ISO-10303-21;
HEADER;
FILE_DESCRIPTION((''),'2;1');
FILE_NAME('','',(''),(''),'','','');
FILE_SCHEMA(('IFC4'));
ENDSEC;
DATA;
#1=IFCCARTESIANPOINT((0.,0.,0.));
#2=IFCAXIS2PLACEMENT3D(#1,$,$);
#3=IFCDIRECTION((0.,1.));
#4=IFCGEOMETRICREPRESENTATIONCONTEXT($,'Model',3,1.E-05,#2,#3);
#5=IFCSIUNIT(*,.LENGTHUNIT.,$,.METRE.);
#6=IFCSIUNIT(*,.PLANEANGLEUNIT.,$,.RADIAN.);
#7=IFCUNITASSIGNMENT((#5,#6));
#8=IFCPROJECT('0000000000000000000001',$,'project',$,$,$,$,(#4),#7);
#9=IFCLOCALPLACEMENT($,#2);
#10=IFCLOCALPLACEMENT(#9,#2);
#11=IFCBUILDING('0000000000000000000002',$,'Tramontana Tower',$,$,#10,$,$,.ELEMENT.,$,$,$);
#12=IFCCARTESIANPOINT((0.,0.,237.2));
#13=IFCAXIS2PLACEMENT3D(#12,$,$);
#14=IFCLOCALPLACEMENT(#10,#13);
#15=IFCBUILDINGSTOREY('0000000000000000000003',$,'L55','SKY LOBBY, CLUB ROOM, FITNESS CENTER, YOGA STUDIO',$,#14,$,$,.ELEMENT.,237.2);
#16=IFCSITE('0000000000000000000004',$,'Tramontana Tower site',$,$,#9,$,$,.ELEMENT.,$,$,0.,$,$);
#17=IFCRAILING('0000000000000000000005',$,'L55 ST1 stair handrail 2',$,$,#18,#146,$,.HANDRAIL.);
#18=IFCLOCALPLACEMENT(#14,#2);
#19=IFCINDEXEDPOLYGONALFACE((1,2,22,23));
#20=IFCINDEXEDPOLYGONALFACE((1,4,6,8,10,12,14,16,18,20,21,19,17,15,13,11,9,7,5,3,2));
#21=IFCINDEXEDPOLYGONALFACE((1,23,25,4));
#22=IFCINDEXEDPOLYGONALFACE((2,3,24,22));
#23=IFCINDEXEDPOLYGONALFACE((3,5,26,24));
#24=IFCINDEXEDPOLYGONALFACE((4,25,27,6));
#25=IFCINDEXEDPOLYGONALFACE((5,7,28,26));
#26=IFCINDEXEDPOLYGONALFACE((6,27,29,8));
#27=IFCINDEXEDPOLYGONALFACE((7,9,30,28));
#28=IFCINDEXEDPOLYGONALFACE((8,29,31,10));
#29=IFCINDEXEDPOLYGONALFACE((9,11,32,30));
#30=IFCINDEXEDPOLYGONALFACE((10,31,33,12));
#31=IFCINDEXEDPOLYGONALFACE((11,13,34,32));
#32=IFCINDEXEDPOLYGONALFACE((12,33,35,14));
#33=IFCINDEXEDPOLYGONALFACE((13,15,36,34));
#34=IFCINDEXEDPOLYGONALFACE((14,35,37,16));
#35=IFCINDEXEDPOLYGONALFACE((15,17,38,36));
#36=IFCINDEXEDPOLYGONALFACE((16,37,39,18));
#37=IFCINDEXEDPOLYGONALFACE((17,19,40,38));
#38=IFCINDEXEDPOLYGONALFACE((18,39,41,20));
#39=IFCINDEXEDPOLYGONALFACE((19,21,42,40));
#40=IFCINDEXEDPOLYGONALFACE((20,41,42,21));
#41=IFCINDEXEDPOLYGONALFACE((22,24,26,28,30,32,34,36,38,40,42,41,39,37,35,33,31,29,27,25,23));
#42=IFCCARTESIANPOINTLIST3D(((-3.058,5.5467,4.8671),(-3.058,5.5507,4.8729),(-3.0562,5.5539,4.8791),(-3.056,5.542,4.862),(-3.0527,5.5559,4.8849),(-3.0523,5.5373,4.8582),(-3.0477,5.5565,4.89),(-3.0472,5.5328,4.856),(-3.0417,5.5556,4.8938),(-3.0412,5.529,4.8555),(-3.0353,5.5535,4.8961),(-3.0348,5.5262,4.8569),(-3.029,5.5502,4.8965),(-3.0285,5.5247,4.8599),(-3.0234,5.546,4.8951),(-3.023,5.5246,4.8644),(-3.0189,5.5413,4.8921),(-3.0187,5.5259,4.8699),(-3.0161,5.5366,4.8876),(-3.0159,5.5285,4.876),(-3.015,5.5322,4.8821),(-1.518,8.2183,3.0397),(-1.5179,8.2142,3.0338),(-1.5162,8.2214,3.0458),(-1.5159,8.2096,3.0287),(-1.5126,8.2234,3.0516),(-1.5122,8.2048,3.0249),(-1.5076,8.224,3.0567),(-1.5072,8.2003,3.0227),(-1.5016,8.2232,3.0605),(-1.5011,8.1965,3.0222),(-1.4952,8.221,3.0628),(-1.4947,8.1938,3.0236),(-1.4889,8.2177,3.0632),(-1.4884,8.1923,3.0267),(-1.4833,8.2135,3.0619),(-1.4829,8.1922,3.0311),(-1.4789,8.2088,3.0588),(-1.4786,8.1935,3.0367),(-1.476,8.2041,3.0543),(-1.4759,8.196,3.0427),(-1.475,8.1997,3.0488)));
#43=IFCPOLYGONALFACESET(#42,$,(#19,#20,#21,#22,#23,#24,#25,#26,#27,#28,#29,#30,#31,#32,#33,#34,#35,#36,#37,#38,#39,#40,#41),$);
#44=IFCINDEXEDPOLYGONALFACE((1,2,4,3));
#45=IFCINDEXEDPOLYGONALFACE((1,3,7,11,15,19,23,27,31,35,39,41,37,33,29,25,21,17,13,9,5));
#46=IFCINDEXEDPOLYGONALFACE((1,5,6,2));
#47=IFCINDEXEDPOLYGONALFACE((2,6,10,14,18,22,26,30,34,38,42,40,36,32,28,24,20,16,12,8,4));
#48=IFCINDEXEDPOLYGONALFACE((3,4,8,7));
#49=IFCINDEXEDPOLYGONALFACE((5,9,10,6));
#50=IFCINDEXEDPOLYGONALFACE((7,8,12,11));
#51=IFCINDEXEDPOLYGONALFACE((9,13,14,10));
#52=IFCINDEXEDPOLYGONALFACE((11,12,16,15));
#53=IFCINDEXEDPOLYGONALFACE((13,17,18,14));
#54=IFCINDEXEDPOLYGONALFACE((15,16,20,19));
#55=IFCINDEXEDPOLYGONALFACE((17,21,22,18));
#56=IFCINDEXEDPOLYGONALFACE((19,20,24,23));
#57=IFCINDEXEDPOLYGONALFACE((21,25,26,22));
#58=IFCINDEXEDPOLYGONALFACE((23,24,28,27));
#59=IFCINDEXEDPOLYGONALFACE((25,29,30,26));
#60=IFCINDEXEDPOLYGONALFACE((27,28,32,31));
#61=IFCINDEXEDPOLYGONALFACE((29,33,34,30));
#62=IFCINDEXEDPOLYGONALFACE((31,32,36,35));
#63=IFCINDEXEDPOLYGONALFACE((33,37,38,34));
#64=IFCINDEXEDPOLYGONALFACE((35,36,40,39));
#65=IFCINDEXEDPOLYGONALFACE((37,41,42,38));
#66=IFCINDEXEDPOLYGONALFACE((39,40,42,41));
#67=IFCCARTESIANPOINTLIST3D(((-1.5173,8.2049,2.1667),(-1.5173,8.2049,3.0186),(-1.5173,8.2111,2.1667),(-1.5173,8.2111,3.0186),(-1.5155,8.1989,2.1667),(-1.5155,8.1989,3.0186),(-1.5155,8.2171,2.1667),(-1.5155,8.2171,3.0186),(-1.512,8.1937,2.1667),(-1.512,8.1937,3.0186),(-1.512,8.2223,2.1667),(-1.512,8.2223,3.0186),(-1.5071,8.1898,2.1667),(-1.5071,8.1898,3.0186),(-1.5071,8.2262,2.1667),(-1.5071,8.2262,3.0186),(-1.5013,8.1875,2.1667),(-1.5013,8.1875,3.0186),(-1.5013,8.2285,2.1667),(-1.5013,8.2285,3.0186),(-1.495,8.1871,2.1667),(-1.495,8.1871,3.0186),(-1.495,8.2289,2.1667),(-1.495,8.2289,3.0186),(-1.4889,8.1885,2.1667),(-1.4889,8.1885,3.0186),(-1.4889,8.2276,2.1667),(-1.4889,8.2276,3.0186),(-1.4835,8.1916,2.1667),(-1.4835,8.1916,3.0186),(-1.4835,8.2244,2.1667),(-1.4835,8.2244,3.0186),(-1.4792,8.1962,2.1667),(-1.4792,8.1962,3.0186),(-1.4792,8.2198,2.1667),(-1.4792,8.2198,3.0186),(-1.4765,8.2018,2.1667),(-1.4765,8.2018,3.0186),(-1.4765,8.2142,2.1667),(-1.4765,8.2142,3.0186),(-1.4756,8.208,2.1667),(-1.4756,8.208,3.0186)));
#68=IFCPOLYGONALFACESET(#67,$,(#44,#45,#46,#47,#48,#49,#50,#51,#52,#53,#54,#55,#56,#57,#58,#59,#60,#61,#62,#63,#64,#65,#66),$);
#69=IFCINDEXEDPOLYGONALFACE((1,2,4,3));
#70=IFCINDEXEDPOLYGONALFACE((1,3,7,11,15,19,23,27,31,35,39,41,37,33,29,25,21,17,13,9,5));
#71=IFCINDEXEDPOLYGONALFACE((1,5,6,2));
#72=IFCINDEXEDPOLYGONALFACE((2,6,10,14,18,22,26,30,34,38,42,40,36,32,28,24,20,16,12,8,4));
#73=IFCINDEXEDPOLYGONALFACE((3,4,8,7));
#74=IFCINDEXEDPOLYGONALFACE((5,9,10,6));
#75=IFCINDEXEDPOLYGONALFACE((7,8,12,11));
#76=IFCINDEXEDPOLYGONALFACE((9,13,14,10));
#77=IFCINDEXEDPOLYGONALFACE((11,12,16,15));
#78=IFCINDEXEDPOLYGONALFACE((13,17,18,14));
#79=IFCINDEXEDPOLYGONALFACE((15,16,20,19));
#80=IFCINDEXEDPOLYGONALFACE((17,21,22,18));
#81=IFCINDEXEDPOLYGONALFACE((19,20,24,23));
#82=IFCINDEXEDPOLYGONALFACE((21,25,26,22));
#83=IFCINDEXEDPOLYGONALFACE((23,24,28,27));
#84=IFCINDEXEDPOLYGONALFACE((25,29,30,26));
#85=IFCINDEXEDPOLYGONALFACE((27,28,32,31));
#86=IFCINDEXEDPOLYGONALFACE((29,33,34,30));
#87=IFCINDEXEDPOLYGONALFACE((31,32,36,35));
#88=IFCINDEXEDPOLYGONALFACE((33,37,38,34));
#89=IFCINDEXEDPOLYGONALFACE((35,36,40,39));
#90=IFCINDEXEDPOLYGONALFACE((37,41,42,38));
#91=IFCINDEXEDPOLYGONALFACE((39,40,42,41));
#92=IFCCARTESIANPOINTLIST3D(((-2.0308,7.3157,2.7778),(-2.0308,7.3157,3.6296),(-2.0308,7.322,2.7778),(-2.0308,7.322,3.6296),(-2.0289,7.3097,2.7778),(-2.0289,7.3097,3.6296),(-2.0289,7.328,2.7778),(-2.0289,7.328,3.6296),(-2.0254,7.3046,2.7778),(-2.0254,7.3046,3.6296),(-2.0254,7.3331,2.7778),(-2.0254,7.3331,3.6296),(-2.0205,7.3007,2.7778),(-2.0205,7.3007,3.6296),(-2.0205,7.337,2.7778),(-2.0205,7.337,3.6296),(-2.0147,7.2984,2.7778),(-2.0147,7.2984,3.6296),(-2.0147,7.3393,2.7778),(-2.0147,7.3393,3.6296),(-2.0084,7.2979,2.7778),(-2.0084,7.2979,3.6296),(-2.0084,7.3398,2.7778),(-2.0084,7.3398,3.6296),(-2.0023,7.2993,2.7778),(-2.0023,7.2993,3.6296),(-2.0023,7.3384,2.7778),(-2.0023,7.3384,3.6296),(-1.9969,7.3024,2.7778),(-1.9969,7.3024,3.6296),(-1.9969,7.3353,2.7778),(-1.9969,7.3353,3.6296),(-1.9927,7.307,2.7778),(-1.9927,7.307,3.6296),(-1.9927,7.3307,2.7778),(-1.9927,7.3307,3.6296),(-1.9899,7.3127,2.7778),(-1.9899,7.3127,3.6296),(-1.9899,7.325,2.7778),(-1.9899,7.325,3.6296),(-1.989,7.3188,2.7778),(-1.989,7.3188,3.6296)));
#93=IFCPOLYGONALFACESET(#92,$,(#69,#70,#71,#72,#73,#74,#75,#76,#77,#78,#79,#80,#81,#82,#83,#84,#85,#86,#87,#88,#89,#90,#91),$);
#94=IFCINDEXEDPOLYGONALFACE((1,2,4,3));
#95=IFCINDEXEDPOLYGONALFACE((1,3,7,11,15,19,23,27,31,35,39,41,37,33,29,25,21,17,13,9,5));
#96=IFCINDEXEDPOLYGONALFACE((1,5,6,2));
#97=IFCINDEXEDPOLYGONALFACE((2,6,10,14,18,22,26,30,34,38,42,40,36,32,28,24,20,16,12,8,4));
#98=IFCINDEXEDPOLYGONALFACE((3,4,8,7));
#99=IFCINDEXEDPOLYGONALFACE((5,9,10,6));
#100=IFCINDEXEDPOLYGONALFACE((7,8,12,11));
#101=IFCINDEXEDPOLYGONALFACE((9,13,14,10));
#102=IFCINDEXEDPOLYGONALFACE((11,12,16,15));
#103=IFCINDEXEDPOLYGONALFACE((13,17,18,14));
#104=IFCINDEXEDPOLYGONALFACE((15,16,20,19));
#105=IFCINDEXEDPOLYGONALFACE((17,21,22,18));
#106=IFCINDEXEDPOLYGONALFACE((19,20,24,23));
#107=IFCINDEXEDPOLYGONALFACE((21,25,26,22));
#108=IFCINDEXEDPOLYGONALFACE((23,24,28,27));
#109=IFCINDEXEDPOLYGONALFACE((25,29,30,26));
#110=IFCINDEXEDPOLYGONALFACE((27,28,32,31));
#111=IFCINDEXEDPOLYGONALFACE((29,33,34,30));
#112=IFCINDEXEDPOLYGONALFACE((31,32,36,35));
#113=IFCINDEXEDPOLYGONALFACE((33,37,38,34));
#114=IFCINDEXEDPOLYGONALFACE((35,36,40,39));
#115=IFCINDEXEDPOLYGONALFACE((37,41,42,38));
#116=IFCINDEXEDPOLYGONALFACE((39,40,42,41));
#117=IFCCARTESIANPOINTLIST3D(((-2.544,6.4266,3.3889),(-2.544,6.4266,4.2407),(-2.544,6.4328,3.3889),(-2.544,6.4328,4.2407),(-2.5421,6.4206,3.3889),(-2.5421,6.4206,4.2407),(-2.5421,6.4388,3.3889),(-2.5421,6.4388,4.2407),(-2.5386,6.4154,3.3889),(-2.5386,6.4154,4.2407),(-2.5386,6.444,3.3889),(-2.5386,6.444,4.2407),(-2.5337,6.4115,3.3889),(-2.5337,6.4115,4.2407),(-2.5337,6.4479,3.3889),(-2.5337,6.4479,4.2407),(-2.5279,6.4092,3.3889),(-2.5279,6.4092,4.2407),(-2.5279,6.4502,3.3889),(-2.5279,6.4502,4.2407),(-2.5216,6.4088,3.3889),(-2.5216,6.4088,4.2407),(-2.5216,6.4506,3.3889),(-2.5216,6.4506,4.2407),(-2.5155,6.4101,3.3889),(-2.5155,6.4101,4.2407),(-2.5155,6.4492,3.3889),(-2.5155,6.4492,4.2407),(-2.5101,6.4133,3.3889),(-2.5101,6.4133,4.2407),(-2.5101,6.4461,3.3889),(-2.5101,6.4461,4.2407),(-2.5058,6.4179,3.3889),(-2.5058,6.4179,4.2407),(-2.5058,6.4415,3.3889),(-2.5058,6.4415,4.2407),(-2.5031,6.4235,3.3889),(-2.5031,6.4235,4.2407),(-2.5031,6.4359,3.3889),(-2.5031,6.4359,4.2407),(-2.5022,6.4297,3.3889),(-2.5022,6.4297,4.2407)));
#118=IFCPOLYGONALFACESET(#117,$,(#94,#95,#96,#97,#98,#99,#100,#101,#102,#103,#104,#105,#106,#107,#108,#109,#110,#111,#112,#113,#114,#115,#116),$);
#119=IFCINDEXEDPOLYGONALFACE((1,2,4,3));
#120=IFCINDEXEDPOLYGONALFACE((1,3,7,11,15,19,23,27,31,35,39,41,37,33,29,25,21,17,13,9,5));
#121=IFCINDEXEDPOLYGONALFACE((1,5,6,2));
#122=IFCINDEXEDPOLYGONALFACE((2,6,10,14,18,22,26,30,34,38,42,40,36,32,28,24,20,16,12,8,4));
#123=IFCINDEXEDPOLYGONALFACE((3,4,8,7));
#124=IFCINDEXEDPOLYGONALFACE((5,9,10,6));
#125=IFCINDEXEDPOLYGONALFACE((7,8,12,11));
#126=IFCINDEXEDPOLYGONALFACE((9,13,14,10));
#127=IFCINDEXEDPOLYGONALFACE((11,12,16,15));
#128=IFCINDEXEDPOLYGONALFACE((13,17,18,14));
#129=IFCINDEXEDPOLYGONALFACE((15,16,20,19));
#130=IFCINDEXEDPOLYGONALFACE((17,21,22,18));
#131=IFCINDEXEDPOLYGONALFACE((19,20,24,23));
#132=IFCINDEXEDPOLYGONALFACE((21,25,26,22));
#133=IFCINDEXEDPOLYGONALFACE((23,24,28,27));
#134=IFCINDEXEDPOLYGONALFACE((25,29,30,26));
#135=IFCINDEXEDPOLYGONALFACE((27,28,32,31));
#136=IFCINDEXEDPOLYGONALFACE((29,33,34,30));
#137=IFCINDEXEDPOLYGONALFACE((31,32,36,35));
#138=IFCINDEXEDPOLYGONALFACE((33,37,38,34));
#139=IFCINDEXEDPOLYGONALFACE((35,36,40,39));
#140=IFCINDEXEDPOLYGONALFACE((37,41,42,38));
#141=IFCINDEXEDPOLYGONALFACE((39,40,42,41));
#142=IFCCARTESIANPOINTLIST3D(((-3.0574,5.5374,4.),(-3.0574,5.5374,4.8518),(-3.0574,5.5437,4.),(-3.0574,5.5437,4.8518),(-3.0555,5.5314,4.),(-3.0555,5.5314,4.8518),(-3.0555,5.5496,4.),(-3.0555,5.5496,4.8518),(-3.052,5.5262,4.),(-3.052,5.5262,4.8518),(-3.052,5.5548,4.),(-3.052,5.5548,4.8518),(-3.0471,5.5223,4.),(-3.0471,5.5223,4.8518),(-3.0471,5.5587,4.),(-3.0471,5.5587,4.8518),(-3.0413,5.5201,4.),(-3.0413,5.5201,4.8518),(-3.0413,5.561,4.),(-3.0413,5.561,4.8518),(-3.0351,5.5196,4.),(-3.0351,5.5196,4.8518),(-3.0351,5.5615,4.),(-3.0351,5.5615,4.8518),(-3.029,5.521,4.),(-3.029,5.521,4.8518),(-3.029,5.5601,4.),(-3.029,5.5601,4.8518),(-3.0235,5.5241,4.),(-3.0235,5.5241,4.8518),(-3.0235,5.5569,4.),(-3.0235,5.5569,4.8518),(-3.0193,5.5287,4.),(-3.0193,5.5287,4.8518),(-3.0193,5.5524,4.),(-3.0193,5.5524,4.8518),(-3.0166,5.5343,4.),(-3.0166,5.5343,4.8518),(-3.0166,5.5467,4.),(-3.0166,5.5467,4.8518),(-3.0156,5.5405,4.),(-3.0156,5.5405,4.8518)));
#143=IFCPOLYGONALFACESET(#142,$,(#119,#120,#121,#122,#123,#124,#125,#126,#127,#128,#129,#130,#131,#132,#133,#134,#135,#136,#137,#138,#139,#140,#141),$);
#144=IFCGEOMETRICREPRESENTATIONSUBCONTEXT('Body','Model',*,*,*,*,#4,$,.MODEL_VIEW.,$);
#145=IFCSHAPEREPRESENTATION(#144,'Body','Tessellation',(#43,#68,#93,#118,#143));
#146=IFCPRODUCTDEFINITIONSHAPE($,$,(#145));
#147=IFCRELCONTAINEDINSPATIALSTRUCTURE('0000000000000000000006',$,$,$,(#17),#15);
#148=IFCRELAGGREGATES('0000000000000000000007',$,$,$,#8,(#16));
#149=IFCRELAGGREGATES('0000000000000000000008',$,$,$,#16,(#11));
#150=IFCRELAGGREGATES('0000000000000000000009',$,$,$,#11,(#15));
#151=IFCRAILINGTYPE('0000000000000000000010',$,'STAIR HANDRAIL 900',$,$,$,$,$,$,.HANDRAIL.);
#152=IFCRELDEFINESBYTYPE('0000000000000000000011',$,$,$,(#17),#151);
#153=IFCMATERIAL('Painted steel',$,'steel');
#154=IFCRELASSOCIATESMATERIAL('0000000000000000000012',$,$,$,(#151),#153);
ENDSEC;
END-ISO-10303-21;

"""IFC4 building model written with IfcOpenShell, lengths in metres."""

from ifc_helpers import new_model, si_unit, direction, frame, origin, origin_2d, place, context, subcontext, project, spatial, circle, extrude, material, type_object, element, save


model = new_model("IFC4")

# Units and contexts
model_context = context("Model", 3, precision=1e-05, world=origin(), true_north=direction((0.0, 1.0)))
body_context = subcontext(model_context, "Body", "Model", "MODEL_VIEW")
ifc_project = project(units=[si_unit("LENGTHUNIT", "METRE"), si_unit("PLANEANGLEUNIT", "RADIAN")], contexts=[model_context])

# Site, building, storey
site_placement = place(None, origin())
site = spatial("IfcSite", under=ifc_project, at=site_placement, Name="Tramontana Tower site", CompositionType="ELEMENT", RefElevation=0.0)
building_placement = place(site_placement, origin())
building = spatial("IfcBuilding", under=site, at=building_placement, Name="Tramontana Tower", CompositionType="ELEMENT")
storey_placement = place(building_placement, frame((0.0, 0.0, 237.2)))
storey = spatial("IfcBuildingStorey", under=building, at=storey_placement, Name="L55", Description="SKY LOBBY, CLUB ROOM, FITNESS CENTER, YOGA STUDIO", CompositionType="ELEMENT", Elevation=237.2)

# Railing
ifc_material_1 = material(Name="Painted steel", Category="steel")
railing_type_1 = type_object("IfcRailingType", Name="STAIR HANDRAIL 900", PredefinedType="HANDRAIL", material=ifc_material_1)
railing_1_placement = place(storey_placement, frame((-1.4966, 8.208, 2.1667)))
element("IfcRailing", 1, at=railing_1_placement, inside=storey, type_object=railing_type_1, Name="L55 ST1 stair handrail 2", PredefinedType="HANDRAIL", context=body_context, shape_type="SweptSolid", body=[
    extrude(circle(Radius=0.0239, at=origin_2d()), frame((0.0, 0.0, 0.876), z_axis=(-0.429649, -0.74419, 0.511452), x_axis=(0.86603, -0.499992, 0.0)), (0.0, 0.0, 1.0), 3.5845),
    extrude(circle(Radius=0.021, at=origin_2d()), origin(), (0.0, 0.0, 1.0), 0.8518),
    extrude(circle(Radius=0.021, at=origin_2d()), frame((-0.5134, -0.8892, 0.6111)), (0.0, 0.0, 1.0), 0.8518),
    extrude(circle(Radius=0.021, at=origin_2d()), frame((-1.0266, -1.7783, 1.2222)), (0.0, 0.0, 1.0), 0.8518),
    extrude(circle(Radius=0.021, at=origin_2d()), frame((-1.54, -2.6675, 1.8333)), (0.0, 0.0, 1.0), 0.8518),
])

save(model, "model.ifc")
